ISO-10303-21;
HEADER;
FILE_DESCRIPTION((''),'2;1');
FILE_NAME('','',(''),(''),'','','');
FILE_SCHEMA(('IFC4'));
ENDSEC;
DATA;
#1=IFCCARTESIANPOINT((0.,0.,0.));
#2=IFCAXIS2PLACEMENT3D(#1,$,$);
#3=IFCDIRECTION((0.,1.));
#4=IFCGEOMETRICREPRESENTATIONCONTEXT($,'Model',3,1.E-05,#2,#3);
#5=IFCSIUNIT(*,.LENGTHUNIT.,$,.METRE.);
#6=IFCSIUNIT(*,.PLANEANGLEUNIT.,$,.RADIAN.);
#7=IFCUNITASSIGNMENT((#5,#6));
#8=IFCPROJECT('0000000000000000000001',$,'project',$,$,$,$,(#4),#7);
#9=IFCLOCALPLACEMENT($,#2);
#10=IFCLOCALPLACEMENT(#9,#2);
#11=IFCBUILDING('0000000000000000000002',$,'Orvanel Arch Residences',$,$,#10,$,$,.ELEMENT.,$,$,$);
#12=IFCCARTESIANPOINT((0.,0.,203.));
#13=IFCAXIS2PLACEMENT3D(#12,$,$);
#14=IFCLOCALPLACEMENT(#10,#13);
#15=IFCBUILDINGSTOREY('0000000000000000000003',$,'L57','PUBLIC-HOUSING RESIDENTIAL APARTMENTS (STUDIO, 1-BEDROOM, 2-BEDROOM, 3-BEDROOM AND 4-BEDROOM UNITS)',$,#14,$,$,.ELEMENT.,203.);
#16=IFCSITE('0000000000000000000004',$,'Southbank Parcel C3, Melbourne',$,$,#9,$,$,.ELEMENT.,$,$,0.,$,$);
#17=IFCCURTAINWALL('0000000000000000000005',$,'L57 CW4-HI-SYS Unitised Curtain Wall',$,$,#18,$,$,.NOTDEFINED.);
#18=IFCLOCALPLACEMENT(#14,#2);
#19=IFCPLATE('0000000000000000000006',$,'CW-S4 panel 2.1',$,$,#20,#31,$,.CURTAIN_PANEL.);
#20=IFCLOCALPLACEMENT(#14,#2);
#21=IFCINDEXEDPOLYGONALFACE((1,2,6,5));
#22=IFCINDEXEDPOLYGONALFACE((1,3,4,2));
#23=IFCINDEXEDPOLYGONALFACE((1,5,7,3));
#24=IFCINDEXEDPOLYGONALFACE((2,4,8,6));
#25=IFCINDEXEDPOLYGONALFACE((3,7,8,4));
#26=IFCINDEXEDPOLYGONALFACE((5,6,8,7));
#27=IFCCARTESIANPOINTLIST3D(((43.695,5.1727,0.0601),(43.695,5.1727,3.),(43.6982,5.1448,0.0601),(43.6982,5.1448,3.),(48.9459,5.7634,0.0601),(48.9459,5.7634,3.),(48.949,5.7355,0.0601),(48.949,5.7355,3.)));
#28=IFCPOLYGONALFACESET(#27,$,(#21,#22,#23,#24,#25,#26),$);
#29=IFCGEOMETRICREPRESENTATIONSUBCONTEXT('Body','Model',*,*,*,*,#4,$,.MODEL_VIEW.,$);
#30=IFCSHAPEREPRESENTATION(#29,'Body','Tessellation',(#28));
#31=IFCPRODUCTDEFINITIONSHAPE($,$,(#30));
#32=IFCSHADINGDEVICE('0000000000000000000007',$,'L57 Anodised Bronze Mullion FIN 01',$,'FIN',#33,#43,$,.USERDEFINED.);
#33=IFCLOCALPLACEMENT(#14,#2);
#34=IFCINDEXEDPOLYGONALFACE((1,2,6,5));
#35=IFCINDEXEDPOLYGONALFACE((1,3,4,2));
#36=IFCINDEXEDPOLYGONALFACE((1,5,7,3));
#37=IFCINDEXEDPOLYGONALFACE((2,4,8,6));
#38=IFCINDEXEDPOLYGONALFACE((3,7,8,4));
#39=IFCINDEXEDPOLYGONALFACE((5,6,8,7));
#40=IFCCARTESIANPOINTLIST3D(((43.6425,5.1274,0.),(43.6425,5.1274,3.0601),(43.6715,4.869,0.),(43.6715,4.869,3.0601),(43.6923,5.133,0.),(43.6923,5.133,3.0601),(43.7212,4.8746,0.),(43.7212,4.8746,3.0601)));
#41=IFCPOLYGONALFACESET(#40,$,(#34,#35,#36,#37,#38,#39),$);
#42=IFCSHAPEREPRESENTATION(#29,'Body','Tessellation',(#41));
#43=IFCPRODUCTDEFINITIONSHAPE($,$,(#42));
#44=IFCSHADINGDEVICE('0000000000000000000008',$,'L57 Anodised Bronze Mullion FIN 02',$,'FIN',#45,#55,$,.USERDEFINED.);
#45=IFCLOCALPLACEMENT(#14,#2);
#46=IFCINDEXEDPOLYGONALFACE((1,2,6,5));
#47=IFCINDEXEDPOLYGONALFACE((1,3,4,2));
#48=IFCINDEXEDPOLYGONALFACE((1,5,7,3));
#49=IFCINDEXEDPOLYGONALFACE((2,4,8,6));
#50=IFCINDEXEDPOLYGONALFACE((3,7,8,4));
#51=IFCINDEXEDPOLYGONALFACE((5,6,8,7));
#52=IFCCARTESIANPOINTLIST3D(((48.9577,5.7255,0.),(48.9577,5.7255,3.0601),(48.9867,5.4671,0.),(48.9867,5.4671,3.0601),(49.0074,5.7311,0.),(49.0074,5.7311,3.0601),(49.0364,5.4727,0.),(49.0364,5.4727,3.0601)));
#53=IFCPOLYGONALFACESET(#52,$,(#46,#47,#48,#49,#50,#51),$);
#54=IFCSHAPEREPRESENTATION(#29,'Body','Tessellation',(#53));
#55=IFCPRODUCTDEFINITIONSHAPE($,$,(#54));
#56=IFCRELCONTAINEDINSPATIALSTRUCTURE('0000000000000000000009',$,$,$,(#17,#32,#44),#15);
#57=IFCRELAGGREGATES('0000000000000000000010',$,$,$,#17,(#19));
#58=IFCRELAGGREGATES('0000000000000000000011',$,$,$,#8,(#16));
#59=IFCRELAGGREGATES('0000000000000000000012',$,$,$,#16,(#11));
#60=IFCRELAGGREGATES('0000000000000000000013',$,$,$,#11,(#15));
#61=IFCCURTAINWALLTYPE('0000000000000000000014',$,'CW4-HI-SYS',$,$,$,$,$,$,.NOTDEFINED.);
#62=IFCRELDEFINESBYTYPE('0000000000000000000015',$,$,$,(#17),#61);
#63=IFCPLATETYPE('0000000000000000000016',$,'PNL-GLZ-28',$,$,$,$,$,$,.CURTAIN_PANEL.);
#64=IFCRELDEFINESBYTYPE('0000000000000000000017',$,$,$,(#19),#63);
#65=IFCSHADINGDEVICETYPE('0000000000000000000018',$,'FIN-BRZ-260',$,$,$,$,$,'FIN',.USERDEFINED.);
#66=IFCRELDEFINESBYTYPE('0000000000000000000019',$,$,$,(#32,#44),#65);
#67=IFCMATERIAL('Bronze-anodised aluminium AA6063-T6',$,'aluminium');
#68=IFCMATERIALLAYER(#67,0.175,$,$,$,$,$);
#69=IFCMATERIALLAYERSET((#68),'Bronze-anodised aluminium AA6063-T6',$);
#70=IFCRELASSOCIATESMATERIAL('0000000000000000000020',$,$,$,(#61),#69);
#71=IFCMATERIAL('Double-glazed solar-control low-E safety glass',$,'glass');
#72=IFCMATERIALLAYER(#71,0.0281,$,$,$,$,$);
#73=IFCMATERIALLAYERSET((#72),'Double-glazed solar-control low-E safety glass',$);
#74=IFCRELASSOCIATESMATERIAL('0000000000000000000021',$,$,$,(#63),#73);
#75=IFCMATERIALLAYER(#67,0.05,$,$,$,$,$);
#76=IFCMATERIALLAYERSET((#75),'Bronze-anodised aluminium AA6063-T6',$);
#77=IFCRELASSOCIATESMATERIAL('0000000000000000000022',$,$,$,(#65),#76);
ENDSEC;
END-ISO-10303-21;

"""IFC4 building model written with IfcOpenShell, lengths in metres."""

from ifc_helpers import new_model, si_unit, direction, frame, origin, origin_2d, place, context, subcontext, project, spatial, rectangle, extrude, material, layer, layer_set, type_object, element, aggregate, save


model = new_model("IFC4")

# Units and contexts
model_context = context("Model", 3, precision=1e-05, world=origin(), true_north=direction((0.0, 1.0)))
body_context = subcontext(model_context, "Body", "Model", "MODEL_VIEW")
ifc_project = project(units=[si_unit("LENGTHUNIT", "METRE"), si_unit("PLANEANGLEUNIT", "RADIAN")], contexts=[model_context])

# Site, building, storey
site_placement = place(None, origin())
site = spatial("IfcSite", under=ifc_project, at=site_placement, Name="Southbank Parcel C3, Melbourne", CompositionType="ELEMENT", RefElevation=0.0)
building_placement = place(site_placement, origin())
building = spatial("IfcBuilding", under=site, at=building_placement, Name="Orvanel Arch Residences", CompositionType="ELEMENT")
storey_placement = place(building_placement, frame((0.0, 0.0, 203.0)))
storey = spatial("IfcBuildingStorey", under=building, at=storey_placement, Name="L57", Description="PUBLIC-HOUSING RESIDENTIAL APARTMENTS (STUDIO, 1-BEDROOM, 2-BEDROOM, 3-BEDROOM AND 4-BEDROOM UNITS)", CompositionType="ELEMENT", Elevation=203.0)

# Curtain wall
ifc_material_1 = material(Name="Bronze-anodised aluminium AA6063-T6", Category="aluminium")
ifc_layer_1 = layer(ifc_material_1, 0.175)
ifc_layer_set_1 = layer_set([ifc_layer_1], Name="Bronze-anodised aluminium AA6063-T6")
curtain_wall_type = type_object("IfcCurtainWallType", Name="CW4-HI-SYS", PredefinedType="NOTDEFINED", material=ifc_layer_set_1)
curtain_wall_placement = place(storey_placement, origin())
curtain_wall = element("IfcCurtainWall", 1, at=curtain_wall_placement, inside=storey, type_object=curtain_wall_type, Name="L57 CW4-HI-SYS Unitised Curtain Wall", PredefinedType="NOTDEFINED")

# Plate
ifc_material_2 = material(Name="Double-glazed solar-control low-E safety glass", Category="glass")
ifc_layer_2 = layer(ifc_material_2, 0.0281)
ifc_layer_set_2 = layer_set([ifc_layer_2], Name="Double-glazed solar-control low-E safety glass")
plate_type_1 = type_object("IfcPlateType", Name="PNL-GLZ-28", PredefinedType="CURTAIN_PANEL", material=ifc_layer_set_2)
plate_1_placement = place(storey_placement, frame((46.322, 5.4541, 0.0601), z_axis=(0.0, 0.0, 1.0), x_axis=(0.993731, 0.111799, 0.0)))
plate_1 = element("IfcPlate", 2, at=plate_1_placement, type_object=plate_type_1, Name="CW-S4 panel 2.1", PredefinedType="CURTAIN_PANEL", context=body_context, shape_type="SweptSolid", body=[
    extrude(rectangle(XDim=5.2839, YDim=0.0281, at=origin_2d()), origin(), (0.0, 0.0, 1.0), 2.9399),
])
aggregate(curtain_wall, [plate_1])

# Shading devices
ifc_layer_3 = layer(ifc_material_1, 0.05)
ifc_layer_set_3 = layer_set([ifc_layer_3], Name="Bronze-anodised aluminium AA6063-T6")
shading_device_type = type_object("IfcShadingDeviceType", Name="FIN-BRZ-260", ElementType="FIN", PredefinedType="USERDEFINED", material=ifc_layer_set_3)
for number, where, z_axis, x_axis, name in (
    (3, (43.6819, 5.001, 0.0), (0.0, 0.0, 1.0), (0.111469, -0.993768, 0.0), "L57 Anodised Bronze Mullion FIN 01"),
    (4, (48.9971, 5.5991, 0.0), (0.0, 0.0, 1.0), (0.111469, -0.993768, 0.0), "L57 Anodised Bronze Mullion FIN 02"),
):
    element("IfcShadingDevice", number, at=place(storey_placement, frame(where, z_axis=z_axis, x_axis=x_axis)), inside=storey, type_object=shading_device_type, Name=name, ObjectType="FIN", PredefinedType="USERDEFINED", context=body_context, shape_type="SweptSolid", body=[
        extrude(rectangle(XDim=0.26, YDim=0.05, at=origin_2d()), origin(), (0.0, 0.0, 1.0), 3.0601),
    ])

save(model, "model.ifc")
